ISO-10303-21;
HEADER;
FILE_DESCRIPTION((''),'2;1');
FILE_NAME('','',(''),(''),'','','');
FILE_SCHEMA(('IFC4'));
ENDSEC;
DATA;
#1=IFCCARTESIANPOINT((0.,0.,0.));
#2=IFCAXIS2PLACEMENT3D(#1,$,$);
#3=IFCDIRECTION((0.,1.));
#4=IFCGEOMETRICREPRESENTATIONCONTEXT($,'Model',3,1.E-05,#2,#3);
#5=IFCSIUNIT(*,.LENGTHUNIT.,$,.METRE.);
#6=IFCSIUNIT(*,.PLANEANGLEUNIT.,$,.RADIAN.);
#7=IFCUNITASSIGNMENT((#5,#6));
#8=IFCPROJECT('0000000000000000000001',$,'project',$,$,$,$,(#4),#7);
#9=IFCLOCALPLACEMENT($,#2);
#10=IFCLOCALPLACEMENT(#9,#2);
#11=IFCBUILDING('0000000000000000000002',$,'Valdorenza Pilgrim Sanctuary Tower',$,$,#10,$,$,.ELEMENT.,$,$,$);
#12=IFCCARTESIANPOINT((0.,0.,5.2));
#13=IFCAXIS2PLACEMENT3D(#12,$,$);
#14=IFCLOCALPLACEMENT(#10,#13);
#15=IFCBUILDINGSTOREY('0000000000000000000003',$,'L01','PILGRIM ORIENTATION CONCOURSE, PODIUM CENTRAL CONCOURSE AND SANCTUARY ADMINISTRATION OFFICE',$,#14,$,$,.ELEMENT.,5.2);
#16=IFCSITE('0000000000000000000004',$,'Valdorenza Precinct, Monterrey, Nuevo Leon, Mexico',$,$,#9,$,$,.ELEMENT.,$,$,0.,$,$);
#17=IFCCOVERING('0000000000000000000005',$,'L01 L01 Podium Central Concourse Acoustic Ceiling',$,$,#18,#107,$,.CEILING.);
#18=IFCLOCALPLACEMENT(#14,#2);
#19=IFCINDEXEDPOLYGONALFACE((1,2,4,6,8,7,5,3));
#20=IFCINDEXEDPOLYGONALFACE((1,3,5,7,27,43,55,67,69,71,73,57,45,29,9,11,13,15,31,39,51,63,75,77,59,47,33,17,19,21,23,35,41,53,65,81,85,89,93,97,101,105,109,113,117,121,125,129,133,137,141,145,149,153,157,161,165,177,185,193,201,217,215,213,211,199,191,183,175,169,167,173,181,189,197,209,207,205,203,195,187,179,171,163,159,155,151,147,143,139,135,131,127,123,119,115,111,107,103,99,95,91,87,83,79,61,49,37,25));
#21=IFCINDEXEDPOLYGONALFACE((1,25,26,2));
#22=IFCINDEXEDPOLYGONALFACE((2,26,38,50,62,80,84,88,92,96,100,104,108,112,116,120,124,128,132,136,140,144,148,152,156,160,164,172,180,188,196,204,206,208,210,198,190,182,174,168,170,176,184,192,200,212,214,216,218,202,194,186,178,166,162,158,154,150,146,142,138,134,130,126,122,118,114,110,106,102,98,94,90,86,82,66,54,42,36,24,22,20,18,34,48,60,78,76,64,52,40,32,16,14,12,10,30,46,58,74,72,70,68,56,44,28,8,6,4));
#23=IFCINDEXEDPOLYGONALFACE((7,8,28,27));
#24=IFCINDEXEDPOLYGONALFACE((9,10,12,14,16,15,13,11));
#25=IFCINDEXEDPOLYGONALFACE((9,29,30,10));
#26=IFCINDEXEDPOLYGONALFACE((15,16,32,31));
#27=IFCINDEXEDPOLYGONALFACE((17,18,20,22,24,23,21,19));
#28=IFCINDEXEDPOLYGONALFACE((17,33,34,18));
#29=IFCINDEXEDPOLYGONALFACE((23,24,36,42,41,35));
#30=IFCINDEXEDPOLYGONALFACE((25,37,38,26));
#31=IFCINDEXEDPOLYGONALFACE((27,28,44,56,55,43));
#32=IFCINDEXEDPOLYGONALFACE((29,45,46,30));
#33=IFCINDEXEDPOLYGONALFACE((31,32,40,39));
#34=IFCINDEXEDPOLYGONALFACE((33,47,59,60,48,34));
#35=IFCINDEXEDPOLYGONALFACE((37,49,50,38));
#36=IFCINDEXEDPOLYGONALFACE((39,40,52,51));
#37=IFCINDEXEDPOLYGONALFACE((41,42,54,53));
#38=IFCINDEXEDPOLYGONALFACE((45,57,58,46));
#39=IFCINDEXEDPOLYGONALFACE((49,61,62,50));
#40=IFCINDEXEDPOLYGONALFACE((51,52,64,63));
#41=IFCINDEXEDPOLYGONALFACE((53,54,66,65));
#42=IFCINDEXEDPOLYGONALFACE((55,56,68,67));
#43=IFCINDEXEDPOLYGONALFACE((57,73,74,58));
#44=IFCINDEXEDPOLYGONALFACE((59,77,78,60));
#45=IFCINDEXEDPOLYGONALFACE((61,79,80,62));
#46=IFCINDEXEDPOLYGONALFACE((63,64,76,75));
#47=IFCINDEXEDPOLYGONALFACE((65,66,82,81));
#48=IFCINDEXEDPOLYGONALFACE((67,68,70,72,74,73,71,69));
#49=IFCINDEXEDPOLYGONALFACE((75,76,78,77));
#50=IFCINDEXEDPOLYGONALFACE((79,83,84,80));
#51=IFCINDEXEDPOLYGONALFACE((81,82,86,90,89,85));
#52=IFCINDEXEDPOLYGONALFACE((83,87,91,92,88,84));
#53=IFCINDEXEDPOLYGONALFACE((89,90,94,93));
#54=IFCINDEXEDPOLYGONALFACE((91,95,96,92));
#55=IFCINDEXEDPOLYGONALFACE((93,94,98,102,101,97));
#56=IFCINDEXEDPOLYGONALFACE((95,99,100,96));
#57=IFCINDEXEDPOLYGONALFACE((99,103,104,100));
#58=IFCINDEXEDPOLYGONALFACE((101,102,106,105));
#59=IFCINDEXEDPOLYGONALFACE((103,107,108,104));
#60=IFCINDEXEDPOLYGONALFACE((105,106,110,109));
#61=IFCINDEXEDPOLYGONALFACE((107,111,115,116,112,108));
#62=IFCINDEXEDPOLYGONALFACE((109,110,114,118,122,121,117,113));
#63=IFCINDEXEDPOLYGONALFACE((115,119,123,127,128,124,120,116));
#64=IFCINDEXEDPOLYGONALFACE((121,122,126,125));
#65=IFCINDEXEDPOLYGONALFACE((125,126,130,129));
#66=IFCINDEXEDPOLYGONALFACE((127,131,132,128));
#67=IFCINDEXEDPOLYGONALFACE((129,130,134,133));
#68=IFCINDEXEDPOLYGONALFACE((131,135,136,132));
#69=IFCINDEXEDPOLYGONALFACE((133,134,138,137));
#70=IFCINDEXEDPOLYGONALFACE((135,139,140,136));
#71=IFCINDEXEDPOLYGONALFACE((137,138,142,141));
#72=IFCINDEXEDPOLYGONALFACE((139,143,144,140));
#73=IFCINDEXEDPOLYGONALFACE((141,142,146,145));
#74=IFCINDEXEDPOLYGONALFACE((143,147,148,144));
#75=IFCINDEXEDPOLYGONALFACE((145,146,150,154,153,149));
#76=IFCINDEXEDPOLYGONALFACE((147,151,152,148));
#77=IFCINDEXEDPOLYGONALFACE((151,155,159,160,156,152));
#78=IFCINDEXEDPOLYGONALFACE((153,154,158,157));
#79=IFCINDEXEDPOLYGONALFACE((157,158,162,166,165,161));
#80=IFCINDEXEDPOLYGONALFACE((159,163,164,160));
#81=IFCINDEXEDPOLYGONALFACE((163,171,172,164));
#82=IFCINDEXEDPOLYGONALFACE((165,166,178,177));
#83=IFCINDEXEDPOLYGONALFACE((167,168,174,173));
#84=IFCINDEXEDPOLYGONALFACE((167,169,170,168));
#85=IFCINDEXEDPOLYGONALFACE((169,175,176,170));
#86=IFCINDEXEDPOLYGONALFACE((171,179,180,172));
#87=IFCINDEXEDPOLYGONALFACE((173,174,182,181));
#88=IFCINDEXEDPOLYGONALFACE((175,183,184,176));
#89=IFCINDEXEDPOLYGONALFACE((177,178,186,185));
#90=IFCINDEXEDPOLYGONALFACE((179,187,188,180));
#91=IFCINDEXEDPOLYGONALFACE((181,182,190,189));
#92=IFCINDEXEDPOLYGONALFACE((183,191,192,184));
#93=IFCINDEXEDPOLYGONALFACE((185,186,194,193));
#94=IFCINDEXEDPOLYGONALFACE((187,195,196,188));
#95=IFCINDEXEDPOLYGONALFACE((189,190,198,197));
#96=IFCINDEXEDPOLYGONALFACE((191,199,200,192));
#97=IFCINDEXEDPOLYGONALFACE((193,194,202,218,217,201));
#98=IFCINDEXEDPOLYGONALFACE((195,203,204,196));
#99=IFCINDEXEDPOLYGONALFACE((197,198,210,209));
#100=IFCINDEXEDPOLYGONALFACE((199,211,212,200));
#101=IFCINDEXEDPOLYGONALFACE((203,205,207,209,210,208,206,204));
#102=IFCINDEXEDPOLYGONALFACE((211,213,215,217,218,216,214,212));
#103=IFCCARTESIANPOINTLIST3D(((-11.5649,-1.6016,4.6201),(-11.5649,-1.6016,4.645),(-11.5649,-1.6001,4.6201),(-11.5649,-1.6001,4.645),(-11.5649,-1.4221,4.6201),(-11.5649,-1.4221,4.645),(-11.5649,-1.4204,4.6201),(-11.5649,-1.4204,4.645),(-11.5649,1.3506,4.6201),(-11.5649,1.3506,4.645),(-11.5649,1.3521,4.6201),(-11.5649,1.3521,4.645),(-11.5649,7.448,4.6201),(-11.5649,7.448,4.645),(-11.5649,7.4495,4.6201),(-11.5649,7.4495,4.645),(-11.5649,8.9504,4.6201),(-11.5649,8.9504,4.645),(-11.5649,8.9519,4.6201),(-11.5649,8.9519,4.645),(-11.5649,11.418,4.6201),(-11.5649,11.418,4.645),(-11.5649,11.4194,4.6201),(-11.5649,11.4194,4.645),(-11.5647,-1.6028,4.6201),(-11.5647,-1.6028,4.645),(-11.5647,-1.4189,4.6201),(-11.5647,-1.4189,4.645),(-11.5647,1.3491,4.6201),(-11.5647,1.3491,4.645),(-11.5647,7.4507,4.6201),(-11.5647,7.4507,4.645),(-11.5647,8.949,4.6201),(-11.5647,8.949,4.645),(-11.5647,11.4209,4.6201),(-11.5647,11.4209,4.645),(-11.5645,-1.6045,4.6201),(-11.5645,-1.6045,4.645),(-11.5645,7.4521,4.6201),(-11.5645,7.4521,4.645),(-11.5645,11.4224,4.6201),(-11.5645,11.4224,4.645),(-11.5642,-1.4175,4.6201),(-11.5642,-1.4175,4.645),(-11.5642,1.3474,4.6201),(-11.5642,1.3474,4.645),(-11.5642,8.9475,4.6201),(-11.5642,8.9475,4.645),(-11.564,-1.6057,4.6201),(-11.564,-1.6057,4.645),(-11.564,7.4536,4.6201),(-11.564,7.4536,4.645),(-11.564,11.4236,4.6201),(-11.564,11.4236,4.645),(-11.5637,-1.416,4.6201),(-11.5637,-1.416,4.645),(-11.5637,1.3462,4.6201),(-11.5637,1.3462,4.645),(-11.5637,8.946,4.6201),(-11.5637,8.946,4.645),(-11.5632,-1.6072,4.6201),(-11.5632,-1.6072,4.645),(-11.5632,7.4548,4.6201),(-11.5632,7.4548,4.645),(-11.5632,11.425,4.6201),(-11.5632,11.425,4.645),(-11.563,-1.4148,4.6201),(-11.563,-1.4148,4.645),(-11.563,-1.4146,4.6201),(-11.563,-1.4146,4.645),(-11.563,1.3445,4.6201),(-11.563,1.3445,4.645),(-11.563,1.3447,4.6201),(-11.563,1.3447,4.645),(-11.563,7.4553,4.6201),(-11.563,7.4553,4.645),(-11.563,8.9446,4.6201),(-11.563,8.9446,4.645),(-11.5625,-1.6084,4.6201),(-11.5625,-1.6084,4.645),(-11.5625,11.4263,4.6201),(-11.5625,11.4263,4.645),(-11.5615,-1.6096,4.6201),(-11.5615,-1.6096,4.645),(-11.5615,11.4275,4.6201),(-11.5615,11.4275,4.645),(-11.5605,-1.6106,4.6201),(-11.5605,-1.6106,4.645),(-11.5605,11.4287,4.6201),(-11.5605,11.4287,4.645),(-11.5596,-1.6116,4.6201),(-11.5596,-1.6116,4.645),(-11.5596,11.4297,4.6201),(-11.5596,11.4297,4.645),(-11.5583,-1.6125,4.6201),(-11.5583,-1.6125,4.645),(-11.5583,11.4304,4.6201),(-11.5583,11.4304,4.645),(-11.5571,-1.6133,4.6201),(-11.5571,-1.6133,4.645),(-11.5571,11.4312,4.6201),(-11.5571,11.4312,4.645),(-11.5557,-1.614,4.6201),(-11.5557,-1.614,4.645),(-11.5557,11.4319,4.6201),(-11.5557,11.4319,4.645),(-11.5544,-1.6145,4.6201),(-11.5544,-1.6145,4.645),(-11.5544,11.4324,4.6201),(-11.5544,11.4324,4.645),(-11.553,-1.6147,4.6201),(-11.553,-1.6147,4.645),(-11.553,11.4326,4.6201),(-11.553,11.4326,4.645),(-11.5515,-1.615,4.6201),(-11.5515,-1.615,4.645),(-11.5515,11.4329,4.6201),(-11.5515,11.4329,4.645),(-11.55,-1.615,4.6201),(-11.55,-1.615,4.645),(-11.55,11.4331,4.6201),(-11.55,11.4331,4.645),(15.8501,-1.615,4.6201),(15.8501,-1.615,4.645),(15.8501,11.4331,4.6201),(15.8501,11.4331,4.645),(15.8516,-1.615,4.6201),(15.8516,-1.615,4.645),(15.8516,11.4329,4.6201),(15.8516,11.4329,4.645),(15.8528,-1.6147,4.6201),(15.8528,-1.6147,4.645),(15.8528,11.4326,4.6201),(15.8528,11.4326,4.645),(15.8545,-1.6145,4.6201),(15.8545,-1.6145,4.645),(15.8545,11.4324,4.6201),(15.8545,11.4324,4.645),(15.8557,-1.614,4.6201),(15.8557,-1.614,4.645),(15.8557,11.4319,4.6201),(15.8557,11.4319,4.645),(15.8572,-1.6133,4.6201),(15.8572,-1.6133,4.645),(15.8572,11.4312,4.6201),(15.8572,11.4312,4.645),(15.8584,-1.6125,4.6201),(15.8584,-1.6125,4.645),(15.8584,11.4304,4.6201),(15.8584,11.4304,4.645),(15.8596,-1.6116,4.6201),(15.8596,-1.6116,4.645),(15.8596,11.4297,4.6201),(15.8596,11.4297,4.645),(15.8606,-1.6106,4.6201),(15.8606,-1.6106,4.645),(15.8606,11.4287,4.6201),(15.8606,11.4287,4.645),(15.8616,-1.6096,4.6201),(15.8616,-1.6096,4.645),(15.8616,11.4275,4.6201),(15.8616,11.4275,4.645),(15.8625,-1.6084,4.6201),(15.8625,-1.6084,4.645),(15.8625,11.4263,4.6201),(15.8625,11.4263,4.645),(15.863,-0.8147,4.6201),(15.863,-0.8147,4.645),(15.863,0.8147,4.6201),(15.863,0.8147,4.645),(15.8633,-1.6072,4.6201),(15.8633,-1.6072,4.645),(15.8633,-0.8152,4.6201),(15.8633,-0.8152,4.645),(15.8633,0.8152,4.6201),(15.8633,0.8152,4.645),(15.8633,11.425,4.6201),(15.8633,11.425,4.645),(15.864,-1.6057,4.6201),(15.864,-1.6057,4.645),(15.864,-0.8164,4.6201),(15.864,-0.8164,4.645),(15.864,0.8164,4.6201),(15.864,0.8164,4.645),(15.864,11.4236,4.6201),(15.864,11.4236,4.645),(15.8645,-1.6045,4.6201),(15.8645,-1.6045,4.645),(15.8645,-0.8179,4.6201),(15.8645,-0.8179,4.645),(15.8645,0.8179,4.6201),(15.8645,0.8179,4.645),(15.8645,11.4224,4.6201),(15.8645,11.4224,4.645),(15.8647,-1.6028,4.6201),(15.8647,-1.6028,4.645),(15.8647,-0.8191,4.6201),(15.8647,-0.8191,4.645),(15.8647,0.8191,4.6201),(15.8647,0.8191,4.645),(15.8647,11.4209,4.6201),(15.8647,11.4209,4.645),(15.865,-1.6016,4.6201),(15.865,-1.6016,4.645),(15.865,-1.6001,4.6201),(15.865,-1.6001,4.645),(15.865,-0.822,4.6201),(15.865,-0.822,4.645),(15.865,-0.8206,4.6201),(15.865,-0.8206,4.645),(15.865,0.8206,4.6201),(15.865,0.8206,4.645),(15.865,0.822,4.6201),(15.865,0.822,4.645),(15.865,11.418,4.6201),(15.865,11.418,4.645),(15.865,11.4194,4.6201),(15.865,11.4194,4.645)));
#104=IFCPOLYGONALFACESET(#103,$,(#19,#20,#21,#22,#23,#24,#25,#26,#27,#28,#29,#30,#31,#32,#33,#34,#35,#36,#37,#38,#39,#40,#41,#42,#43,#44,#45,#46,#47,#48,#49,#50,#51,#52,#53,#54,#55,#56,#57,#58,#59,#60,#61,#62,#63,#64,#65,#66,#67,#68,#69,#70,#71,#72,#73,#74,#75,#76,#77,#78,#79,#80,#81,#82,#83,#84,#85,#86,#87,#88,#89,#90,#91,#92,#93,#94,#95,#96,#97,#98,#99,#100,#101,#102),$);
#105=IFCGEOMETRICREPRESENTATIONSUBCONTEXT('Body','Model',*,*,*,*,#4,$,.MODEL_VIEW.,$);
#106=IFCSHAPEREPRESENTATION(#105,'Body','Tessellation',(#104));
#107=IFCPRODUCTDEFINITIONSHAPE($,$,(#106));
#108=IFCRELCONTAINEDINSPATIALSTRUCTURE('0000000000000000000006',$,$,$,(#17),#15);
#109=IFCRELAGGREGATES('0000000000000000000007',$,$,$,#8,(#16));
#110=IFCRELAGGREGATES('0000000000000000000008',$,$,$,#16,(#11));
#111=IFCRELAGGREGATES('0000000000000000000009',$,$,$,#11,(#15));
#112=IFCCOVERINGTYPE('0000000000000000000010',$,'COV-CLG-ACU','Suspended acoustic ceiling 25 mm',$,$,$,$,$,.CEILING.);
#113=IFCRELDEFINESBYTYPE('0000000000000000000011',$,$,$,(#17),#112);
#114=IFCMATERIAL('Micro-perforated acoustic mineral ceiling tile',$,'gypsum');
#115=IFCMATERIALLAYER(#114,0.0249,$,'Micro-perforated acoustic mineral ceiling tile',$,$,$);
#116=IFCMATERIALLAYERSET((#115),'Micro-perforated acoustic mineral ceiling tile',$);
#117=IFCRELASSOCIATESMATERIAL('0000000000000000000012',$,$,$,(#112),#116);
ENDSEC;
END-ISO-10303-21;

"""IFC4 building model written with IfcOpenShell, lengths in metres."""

from ifc_helpers import new_model, si_unit, direction, frame, origin, place, context, subcontext, project, spatial, polyline, outline, extrude, material, layer, layer_set, type_object, element, save


model = new_model("IFC4")

# Units and contexts
model_context = context("Model", 3, precision=1e-05, world=origin(), true_north=direction((0.0, 1.0)))
body_context = subcontext(model_context, "Body", "Model", "MODEL_VIEW")
ifc_project = project(units=[si_unit("LENGTHUNIT", "METRE"), si_unit("PLANEANGLEUNIT", "RADIAN")], contexts=[model_context])

# Site, building, storey
site_placement = place(None, origin())
site = spatial("IfcSite", under=ifc_project, at=site_placement, Name="Valdorenza Precinct, Monterrey, Nuevo Leon, Mexico", CompositionType="ELEMENT", RefElevation=0.0)
building_placement = place(site_placement, origin())
building = spatial("IfcBuilding", under=site, at=building_placement, Name="Valdorenza Pilgrim Sanctuary Tower", CompositionType="ELEMENT")
storey_placement = place(building_placement, frame((0.0, 0.0, 5.2)))
storey = spatial("IfcBuildingStorey", under=building, at=storey_placement, Name="L01", Description="PILGRIM ORIENTATION CONCOURSE, PODIUM CENTRAL CONCOURSE AND SANCTUARY ADMINISTRATION OFFICE", CompositionType="ELEMENT", Elevation=5.2)

# Covering
ifc_material_1 = material(Name="Micro-perforated acoustic mineral ceiling tile", Category="gypsum")
ifc_layer_1 = layer(ifc_material_1, 0.0249, Name="Micro-perforated acoustic mineral ceiling tile")
ifc_layer_set_1 = layer_set([ifc_layer_1], Name="Micro-perforated acoustic mineral ceiling tile")
covering_type_1 = type_object("IfcCoveringType", Name="COV-CLG-ACU", Description="Suspended acoustic ceiling 25 mm", PredefinedType="CEILING", material=ifc_layer_set_1)
covering_1_placement = place(storey_placement, frame((0.0, 0.0, 4.6201)))
element("IfcCovering", 1, at=covering_1_placement, inside=storey, type_object=covering_type_1, Name="L01 L01 Podium Central Concourse Acoustic Ceiling", PredefinedType="CEILING", context=body_context, shape_type="SweptSolid", body=[
    extrude(outline(polyline([(-11.563, -1.4146), (-11.563, 1.3445), (-11.563, 1.3447), (-11.5637, 1.3462), (-11.5642, 1.3474), (-11.5647, 1.3491), (-11.5649, 1.3506), (-11.5649, 1.3521), (-11.5649, 7.448), (-11.5649, 7.4495), (-11.5647, 7.4507), (-11.5645, 7.4521), (-11.564, 7.4536), (-11.5632, 7.4548), (-11.563, 7.4553), (-11.563, 8.9446), (-11.563, 8.9446), (-11.5637, 8.946), (-11.5642, 8.9475), (-11.5647, 8.949), (-11.5649, 8.9504), (-11.5649, 8.9519), (-11.5649, 11.418), (-11.5649, 11.4194), (-11.5647, 11.4209), (-11.5645, 11.4224), (-11.564, 11.4236), (-11.5632, 11.425), (-11.5625, 11.4263), (-11.5615, 11.4275), (-11.5605, 11.4287), (-11.5596, 11.4297), (-11.5583, 11.4304), (-11.5571, 11.4312), (-11.5557, 11.4319), (-11.5544, 11.4324), (-11.553, 11.4326), (-11.5515, 11.4329), (-11.55, 11.4331), (15.8501, 11.4331), (15.8516, 11.4329), (15.8528, 11.4326), (15.8545, 11.4324), (15.8557, 11.4319), (15.8572, 11.4312), (15.8584, 11.4304), (15.8596, 11.4297), (15.8606, 11.4287), (15.8616, 11.4275), (15.8625, 11.4263), (15.8633, 11.425), (15.864, 11.4236), (15.8645, 11.4224), (15.8647, 11.4209), (15.865, 11.4194), (15.865, 11.418), (15.865, 0.822), (15.865, 0.8206), (15.8647, 0.8191), (15.8645, 0.8179), (15.864, 0.8164), (15.8633, 0.8152), (15.863, 0.8147), (15.863, -0.8147), (15.8633, -0.8152), (15.864, -0.8164), (15.8645, -0.8179), (15.8647, -0.8191), (15.865, -0.8206), (15.865, -0.822), (15.865, -1.6001), (15.865, -1.6016), (15.8647, -1.6028), (15.8645, -1.6045), (15.864, -1.6057), (15.8633, -1.6072), (15.8625, -1.6084), (15.8616, -1.6096), (15.8606, -1.6106), (15.8596, -1.6116), (15.8584, -1.6125), (15.8572, -1.6133), (15.8557, -1.614), (15.8545, -1.6145), (15.8528, -1.6147), (15.8516, -1.615), (15.8501, -1.615), (-11.55, -1.615), (-11.5515, -1.615), (-11.553, -1.6147), (-11.5544, -1.6145), (-11.5557, -1.614), (-11.5571, -1.6133), (-11.5583, -1.6125), (-11.5596, -1.6116), (-11.5605, -1.6106), (-11.5615, -1.6096), (-11.5625, -1.6084), (-11.5632, -1.6072), (-11.564, -1.6057), (-11.5645, -1.6045), (-11.5647, -1.6028), (-11.5649, -1.6016), (-11.5649, -1.6001), (-11.5649, -1.4221), (-11.5649, -1.4204), (-11.5647, -1.4189), (-11.5642, -1.4175), (-11.5637, -1.416), (-11.563, -1.4148), (-11.563, -1.4146)])), origin(), (0.0, 0.0, 1.0), 0.0249),
])

save(model, "model.ifc")
